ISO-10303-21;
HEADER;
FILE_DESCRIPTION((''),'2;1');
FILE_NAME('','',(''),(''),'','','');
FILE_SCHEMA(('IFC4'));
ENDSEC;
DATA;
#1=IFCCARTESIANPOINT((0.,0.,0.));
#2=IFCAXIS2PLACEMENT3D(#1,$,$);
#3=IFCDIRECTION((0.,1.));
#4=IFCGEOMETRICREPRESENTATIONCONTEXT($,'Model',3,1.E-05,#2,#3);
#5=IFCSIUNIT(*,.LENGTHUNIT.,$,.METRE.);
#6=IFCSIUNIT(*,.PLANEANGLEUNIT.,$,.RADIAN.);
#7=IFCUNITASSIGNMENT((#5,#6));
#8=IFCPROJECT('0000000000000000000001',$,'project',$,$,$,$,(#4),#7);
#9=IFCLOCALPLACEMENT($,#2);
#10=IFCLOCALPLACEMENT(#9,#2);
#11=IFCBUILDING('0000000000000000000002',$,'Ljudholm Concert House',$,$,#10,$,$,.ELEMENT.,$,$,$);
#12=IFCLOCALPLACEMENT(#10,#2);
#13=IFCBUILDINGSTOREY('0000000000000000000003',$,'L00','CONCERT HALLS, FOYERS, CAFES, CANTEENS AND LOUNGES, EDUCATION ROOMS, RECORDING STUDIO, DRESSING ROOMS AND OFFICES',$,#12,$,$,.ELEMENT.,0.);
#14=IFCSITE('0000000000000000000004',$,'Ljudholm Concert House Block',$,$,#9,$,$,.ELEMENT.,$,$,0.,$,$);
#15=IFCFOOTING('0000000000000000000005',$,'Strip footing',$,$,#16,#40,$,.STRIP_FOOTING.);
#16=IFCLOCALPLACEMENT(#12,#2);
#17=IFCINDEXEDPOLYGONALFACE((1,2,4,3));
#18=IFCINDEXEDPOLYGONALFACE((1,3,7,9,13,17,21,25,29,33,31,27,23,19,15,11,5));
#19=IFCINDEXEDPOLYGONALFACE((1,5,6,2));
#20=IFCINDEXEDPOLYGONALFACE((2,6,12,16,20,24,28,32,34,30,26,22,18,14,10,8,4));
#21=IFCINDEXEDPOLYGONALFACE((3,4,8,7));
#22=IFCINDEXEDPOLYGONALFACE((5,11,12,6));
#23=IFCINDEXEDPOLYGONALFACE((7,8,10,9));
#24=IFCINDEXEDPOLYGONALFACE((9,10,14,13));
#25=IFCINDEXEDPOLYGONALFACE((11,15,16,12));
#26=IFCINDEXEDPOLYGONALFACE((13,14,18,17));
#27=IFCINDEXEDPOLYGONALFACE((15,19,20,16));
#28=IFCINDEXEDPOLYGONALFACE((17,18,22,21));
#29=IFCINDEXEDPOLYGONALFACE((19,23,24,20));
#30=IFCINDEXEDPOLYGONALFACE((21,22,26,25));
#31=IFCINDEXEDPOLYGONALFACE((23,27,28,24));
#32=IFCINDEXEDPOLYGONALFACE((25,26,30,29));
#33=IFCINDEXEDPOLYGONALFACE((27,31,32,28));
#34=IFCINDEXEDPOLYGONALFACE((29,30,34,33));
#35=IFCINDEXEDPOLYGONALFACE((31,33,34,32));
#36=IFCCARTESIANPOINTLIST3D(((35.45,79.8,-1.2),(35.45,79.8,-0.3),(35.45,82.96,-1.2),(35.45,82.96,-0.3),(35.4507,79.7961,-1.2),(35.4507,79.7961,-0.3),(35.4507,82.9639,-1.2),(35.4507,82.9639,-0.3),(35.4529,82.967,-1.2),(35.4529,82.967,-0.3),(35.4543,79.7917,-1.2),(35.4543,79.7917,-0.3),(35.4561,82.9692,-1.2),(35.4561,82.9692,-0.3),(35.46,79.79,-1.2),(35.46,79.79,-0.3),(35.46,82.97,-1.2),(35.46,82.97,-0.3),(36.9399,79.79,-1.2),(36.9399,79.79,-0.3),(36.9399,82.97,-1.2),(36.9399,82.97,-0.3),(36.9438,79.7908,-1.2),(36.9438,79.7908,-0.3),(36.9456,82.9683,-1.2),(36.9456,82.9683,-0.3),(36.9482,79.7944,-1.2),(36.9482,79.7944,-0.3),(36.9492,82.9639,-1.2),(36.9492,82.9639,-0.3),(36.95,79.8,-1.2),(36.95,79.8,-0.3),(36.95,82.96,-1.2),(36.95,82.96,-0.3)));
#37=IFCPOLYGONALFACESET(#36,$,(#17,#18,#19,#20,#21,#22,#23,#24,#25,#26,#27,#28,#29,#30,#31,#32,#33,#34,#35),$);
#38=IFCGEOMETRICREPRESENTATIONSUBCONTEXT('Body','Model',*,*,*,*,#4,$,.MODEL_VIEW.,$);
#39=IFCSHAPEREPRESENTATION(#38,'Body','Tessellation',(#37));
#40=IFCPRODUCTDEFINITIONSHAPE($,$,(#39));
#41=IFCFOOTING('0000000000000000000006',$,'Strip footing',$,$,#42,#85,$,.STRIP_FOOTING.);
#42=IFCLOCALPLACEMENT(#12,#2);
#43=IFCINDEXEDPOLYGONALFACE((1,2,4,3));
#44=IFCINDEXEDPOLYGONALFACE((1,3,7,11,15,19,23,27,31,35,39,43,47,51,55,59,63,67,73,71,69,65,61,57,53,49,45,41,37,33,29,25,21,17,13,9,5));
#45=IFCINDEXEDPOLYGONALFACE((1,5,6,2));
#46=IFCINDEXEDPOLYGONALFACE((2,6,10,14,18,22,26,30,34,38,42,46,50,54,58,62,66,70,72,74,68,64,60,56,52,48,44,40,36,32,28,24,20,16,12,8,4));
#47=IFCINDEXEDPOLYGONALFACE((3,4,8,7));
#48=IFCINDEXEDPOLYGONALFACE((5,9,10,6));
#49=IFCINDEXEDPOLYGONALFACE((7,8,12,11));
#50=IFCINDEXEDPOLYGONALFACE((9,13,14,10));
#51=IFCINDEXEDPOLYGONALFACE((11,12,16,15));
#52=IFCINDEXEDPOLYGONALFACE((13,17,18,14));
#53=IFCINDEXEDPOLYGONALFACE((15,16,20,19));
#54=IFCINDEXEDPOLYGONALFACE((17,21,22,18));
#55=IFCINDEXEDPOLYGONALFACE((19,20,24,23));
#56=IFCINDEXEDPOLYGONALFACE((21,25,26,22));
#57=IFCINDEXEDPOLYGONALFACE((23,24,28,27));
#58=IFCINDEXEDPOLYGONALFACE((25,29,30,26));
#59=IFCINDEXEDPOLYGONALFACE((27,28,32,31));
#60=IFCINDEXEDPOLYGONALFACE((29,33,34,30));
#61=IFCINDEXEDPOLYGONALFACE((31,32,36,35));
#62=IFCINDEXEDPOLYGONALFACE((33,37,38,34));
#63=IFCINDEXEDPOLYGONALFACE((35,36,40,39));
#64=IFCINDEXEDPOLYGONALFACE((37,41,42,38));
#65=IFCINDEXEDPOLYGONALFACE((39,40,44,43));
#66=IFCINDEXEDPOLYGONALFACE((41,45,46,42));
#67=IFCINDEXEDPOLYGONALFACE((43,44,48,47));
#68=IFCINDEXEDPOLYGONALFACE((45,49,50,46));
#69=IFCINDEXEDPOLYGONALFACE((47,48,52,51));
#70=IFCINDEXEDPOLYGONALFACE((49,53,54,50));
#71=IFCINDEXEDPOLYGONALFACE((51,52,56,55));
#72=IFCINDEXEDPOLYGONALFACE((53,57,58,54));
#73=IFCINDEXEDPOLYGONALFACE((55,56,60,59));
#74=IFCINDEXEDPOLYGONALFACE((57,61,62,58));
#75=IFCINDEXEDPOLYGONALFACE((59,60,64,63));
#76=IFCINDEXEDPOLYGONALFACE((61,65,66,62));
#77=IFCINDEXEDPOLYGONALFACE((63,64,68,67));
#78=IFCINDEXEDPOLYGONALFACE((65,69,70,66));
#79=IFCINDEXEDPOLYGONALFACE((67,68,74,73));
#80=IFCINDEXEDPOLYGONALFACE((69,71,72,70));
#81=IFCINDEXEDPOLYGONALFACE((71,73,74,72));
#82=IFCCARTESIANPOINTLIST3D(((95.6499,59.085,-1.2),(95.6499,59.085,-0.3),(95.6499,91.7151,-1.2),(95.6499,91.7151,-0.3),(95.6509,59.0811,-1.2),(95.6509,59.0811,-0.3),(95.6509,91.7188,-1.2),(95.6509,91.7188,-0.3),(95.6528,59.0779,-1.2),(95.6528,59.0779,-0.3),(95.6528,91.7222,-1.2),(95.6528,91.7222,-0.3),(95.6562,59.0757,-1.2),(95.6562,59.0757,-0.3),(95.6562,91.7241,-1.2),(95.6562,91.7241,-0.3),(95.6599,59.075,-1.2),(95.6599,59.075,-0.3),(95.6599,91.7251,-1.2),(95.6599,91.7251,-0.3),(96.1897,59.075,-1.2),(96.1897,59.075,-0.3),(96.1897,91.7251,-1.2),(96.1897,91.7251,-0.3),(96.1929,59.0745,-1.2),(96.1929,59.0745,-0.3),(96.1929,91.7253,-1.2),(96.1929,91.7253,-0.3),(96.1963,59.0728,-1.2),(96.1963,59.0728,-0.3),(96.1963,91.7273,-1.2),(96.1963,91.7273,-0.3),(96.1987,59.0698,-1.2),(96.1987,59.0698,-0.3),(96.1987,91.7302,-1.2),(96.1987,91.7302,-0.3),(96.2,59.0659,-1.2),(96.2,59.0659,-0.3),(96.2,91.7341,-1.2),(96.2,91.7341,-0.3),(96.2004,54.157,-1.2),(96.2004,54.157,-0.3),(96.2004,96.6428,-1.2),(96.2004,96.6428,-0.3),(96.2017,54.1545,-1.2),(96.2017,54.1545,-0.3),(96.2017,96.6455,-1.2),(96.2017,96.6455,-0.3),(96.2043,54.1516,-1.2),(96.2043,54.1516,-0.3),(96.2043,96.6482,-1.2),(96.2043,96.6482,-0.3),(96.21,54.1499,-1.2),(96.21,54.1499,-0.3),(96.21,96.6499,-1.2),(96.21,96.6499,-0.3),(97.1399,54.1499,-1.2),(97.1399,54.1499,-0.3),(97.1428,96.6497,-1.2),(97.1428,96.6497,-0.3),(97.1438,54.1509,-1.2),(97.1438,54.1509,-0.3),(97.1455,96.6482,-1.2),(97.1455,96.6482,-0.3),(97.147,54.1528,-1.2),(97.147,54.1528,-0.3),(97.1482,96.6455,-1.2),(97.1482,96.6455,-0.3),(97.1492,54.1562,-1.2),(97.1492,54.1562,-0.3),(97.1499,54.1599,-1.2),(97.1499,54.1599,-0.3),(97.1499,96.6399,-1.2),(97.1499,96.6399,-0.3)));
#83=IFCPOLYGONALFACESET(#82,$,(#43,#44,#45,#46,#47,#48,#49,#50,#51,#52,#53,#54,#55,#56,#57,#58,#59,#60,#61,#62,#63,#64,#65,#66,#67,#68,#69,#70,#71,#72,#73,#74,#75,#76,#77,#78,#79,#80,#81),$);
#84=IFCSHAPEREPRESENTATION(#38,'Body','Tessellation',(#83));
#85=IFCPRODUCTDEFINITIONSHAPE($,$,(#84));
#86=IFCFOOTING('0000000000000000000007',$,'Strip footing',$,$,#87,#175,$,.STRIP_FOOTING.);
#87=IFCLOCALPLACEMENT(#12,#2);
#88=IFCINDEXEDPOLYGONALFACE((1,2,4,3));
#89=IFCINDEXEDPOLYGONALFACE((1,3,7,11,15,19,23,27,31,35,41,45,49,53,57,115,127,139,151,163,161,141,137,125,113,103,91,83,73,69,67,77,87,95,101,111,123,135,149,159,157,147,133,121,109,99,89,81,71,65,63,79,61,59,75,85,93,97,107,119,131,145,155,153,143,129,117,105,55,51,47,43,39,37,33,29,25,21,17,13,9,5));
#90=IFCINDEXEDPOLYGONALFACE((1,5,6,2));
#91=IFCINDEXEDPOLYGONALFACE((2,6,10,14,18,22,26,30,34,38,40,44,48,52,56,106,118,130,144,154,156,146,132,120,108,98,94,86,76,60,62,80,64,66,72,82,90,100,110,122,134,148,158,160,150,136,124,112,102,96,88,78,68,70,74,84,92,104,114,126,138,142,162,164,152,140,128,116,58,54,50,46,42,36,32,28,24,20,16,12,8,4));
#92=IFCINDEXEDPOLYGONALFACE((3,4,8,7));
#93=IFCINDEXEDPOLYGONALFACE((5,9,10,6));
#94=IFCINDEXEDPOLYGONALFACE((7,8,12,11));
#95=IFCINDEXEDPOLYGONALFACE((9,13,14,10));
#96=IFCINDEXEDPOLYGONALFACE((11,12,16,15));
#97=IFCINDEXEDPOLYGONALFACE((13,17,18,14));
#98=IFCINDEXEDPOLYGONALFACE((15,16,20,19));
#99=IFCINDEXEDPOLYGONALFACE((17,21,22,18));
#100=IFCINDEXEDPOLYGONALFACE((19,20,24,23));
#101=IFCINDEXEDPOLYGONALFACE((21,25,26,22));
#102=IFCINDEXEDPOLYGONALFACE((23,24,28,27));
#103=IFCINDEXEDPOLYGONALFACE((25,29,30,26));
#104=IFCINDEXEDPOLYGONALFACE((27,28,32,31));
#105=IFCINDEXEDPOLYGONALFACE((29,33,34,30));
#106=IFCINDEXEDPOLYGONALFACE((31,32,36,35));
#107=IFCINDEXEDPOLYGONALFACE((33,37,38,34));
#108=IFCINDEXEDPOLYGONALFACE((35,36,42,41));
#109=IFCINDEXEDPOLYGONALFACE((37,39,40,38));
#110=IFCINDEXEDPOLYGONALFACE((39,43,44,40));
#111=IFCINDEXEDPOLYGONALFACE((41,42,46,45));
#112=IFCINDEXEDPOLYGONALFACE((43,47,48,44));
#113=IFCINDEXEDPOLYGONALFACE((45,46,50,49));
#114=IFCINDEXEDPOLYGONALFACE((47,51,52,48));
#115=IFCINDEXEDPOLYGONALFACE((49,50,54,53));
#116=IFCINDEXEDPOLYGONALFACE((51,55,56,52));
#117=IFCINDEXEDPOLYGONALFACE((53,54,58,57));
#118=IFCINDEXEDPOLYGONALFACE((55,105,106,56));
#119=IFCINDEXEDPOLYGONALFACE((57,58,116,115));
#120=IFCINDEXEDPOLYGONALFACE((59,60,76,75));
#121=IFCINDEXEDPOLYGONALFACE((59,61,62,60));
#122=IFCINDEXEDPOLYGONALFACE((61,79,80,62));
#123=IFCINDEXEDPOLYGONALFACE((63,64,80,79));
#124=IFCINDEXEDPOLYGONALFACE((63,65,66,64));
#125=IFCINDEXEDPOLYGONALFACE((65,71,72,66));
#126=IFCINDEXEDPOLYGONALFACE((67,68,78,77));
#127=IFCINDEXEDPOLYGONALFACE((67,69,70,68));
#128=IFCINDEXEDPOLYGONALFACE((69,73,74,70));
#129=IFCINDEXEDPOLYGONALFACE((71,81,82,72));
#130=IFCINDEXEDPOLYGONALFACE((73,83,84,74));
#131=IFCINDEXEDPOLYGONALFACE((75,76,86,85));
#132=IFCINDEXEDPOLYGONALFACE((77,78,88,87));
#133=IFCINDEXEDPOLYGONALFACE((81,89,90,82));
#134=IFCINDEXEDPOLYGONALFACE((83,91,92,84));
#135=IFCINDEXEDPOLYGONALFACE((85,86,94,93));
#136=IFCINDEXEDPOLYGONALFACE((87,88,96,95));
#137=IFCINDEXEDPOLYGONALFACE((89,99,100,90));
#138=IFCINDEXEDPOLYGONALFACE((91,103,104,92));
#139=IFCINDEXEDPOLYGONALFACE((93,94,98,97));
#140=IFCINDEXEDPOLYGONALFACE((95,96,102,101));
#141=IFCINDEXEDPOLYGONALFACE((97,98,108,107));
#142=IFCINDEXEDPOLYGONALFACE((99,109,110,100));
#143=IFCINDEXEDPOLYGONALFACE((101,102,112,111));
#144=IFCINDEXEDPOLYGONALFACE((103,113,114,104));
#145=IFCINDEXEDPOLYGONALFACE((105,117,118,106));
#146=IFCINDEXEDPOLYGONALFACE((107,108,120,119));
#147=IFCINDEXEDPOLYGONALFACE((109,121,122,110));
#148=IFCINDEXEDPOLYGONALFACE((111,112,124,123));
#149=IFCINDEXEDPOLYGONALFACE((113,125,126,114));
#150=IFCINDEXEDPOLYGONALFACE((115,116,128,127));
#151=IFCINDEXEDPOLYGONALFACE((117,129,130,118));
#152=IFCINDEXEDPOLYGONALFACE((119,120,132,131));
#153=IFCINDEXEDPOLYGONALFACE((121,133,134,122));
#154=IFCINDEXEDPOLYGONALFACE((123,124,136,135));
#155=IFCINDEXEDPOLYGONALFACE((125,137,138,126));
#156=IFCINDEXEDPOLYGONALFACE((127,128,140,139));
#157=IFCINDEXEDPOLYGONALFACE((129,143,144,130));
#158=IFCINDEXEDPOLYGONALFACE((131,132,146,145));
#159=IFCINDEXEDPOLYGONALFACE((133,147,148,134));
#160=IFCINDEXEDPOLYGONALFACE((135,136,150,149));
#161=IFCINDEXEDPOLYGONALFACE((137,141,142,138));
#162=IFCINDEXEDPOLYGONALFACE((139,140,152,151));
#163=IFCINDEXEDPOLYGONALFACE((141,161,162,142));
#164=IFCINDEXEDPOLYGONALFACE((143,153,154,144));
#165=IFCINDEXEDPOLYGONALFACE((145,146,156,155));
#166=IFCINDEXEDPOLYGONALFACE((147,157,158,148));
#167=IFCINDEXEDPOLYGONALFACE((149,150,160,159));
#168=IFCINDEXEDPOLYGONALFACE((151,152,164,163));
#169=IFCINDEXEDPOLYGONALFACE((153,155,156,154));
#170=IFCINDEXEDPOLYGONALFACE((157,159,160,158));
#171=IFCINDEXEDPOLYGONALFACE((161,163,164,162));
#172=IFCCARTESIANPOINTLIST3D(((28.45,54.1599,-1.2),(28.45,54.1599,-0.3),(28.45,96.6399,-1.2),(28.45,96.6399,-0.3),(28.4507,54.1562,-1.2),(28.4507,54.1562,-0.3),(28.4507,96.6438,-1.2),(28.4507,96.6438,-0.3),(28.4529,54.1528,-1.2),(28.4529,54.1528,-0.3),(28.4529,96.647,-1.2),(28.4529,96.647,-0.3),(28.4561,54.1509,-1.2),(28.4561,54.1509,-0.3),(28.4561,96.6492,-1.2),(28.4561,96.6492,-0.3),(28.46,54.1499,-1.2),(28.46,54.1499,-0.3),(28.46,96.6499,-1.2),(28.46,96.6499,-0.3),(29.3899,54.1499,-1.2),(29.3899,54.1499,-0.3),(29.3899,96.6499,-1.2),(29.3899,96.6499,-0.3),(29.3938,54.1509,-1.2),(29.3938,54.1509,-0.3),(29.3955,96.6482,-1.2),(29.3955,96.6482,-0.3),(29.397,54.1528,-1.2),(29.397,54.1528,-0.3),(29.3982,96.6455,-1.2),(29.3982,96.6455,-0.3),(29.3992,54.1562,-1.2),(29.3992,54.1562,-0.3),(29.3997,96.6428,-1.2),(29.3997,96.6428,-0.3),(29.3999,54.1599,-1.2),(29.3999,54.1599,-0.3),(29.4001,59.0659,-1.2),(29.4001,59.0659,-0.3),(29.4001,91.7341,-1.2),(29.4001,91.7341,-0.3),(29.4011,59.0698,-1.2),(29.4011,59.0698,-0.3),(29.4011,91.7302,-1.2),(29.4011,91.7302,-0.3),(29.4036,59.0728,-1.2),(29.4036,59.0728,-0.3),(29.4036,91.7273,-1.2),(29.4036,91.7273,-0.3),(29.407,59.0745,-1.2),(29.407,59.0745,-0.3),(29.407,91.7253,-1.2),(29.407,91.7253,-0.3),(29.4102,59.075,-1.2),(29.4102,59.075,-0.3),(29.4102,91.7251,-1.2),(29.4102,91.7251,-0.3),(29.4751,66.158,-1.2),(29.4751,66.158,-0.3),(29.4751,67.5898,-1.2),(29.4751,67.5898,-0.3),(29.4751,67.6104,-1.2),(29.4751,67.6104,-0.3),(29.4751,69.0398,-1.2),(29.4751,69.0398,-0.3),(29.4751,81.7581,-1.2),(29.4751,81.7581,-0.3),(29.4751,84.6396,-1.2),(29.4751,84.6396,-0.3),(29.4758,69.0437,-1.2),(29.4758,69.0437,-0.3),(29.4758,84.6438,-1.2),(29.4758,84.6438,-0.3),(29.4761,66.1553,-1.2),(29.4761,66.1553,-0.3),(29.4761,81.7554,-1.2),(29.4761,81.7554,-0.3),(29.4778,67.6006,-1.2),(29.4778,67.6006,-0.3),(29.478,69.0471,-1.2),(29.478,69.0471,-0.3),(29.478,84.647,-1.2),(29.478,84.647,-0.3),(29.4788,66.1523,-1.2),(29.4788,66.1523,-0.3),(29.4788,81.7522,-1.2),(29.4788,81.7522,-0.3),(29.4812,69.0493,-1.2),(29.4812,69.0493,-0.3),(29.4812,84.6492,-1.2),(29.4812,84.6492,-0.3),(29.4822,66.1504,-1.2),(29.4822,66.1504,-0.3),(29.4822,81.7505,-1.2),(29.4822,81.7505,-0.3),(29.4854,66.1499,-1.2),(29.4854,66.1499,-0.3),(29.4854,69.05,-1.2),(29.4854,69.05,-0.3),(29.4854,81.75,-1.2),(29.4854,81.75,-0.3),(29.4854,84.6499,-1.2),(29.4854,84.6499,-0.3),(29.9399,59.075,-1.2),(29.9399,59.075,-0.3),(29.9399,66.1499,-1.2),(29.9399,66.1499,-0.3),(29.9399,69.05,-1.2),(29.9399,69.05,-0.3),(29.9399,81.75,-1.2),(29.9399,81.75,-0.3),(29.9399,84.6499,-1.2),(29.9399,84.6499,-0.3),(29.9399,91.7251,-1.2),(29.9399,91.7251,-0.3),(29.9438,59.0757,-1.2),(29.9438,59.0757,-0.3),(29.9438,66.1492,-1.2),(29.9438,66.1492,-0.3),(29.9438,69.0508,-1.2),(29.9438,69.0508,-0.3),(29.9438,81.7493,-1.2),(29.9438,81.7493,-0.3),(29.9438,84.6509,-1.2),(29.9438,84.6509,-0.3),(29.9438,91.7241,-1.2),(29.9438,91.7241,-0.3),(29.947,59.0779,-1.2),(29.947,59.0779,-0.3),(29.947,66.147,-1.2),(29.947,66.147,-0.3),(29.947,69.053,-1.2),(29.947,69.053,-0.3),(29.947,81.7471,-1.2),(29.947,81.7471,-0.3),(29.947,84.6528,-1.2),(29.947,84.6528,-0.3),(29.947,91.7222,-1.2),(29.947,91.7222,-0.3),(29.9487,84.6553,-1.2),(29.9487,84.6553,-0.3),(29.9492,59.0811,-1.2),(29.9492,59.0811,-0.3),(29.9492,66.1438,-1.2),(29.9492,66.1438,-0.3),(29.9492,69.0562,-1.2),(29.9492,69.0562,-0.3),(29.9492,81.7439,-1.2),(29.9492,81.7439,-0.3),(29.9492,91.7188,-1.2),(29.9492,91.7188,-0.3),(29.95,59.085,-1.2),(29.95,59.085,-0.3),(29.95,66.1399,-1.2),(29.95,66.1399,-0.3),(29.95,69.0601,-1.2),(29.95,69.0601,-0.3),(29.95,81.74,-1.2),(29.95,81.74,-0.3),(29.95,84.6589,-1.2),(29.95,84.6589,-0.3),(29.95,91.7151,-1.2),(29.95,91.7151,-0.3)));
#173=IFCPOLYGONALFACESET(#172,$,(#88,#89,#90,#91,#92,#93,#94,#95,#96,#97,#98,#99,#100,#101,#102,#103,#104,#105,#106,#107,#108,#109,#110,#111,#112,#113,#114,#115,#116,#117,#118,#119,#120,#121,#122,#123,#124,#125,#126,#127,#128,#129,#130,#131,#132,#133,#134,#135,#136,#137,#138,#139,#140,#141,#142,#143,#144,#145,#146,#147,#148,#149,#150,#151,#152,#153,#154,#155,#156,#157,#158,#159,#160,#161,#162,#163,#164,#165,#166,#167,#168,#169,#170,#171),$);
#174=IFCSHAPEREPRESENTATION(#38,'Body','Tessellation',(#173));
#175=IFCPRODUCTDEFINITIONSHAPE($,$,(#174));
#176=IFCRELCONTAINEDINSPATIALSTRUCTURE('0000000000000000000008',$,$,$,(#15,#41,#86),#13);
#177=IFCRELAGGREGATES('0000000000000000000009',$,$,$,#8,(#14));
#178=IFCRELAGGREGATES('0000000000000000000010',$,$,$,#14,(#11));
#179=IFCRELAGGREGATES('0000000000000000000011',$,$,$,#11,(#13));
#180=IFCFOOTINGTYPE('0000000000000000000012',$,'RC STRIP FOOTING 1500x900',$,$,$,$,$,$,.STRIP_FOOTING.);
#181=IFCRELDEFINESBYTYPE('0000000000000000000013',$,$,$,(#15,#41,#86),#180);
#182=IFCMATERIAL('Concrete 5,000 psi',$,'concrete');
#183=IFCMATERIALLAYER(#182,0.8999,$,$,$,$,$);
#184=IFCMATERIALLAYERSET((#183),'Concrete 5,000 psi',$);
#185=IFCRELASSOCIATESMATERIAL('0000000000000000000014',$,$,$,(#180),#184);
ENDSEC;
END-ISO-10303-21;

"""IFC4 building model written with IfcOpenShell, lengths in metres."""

from ifc_helpers import new_model, si_unit, direction, frame, origin, place, context, subcontext, project, spatial, polyline, outline, extrude, material, layer, layer_set, type_object, element, save


model = new_model("IFC4")

# Units and contexts
model_context = context("Model", 3, precision=1e-05, world=origin(), true_north=direction((0.0, 1.0)))
body_context = subcontext(model_context, "Body", "Model", "MODEL_VIEW")
ifc_project = project(units=[si_unit("LENGTHUNIT", "METRE"), si_unit("PLANEANGLEUNIT", "RADIAN")], contexts=[model_context])

# Site, building, storey
site_placement = place(None, origin())
site = spatial("IfcSite", under=ifc_project, at=site_placement, Name="Ljudholm Concert House Block", CompositionType="ELEMENT", RefElevation=0.0)
building_placement = place(site_placement, origin())
building = spatial("IfcBuilding", under=site, at=building_placement, Name="Ljudholm Concert House", CompositionType="ELEMENT")
storey_placement = place(building_placement, origin())
storey = spatial("IfcBuildingStorey", under=building, at=storey_placement, Name="L00", Description="CONCERT HALLS, FOYERS, CAFES, CANTEENS AND LOUNGES, EDUCATION ROOMS, RECORDING STUDIO, DRESSING ROOMS AND OFFICES", CompositionType="ELEMENT", Elevation=0.0)

# Footings
ifc_material = material(Name="Concrete 5,000 psi", Category="concrete")
ifc_layer = layer(ifc_material, 0.8999)
ifc_layer_set = layer_set([ifc_layer], Name="Concrete 5,000 psi")
footing_type = type_object("IfcFootingType", Name="RC STRIP FOOTING 1500x900", PredefinedType="STRIP_FOOTING", material=ifc_layer_set)
footing_1_placement = place(storey_placement, frame((0.0, 0.0, -1.2)))
element("IfcFooting", 1, at=footing_1_placement, inside=storey, type_object=footing_type, Name="Strip footing", PredefinedType="STRIP_FOOTING", context=body_context, shape_type="SweptSolid", body=[
    extrude(outline(polyline([(35.45, 82.96), (35.45, 79.8), (35.4507, 79.7961), (35.4543, 79.7917), (35.46, 79.79), (36.9399, 79.79), (36.9438, 79.7908), (36.9482, 79.7944), (36.95, 79.8), (36.95, 82.96), (36.9492, 82.9639), (36.9456, 82.9683), (36.9399, 82.97), (35.46, 82.97), (35.4561, 82.9692), (35.4529, 82.967), (35.4507, 82.9639), (35.45, 82.96)])), origin(), (0.0, 0.0, 1.0), 0.8999),
])
footing_2_placement = place(storey_placement, frame((0.0, 0.0, -1.2)))
element("IfcFooting", 2, at=footing_2_placement, inside=storey, type_object=footing_type, Name="Strip footing", PredefinedType="STRIP_FOOTING", context=body_context, shape_type="SweptSolid", body=[
    extrude(outline(polyline([(95.6499, 91.7151), (95.6499, 59.085), (95.6509, 59.0811), (95.6528, 59.0779), (95.6562, 59.0757), (95.6599, 59.075), (96.1897, 59.075), (96.1929, 59.0745), (96.1963, 59.0728), (96.1987, 59.0698), (96.2, 59.0659), (96.2004, 54.157), (96.2017, 54.1545), (96.2043, 54.1516), (96.21, 54.1499), (97.1399, 54.1499), (97.1438, 54.1509), (97.147, 54.1528), (97.1492, 54.1562), (97.1499, 54.1599), (97.1499, 96.6399), (97.1482, 96.6455), (97.1455, 96.6482), (97.1428, 96.6497), (96.21, 96.6499), (96.2043, 96.6482), (96.2017, 96.6455), (96.2004, 96.6428), (96.2, 91.7341), (96.1987, 91.7302), (96.1963, 91.7273), (96.1929, 91.7253), (96.1897, 91.7251), (95.6599, 91.7251), (95.6562, 91.7241), (95.6528, 91.7222), (95.6509, 91.7188), (95.6499, 91.7151)])), origin(), (0.0, 0.0, 1.0), 0.8999),
])
footing_3_placement = place(storey_placement, frame((0.0, 0.0, -1.2)))
element("IfcFooting", 3, at=footing_3_placement, inside=storey, type_object=footing_type, Name="Strip footing", PredefinedType="STRIP_FOOTING", context=body_context, shape_type="SweptSolid", body=[
    extrude(outline(polyline([(28.45, 96.6399), (28.45, 54.1599), (28.4507, 54.1562), (28.4529, 54.1528), (28.4561, 54.1509), (28.46, 54.1499), (29.3899, 54.1499), (29.3938, 54.1509), (29.397, 54.1528), (29.3992, 54.1562), (29.3999, 54.1599), (29.4001, 59.0659), (29.4011, 59.0698), (29.4036, 59.0728), (29.407, 59.0745), (29.4102, 59.075), (29.9399, 59.075), (29.9438, 59.0757), (29.947, 59.0779), (29.9492, 59.0811), (29.95, 59.085), (29.95, 66.1399), (29.9492, 66.1438), (29.947, 66.147), (29.9438, 66.1492), (29.9399, 66.1499), (29.4854, 66.1499), (29.4822, 66.1504), (29.4788, 66.1523), (29.4761, 66.1553), (29.4751, 66.158), (29.4751, 67.5898), (29.4778, 67.6006), (29.4751, 67.6104), (29.4751, 69.0398), (29.4758, 69.0437), (29.478, 69.0471), (29.4812, 69.0493), (29.4854, 69.05), (29.9399, 69.05), (29.9438, 69.0508), (29.947, 69.053), (29.9492, 69.0562), (29.95, 69.0601), (29.95, 81.74), (29.9492, 81.7439), (29.947, 81.7471), (29.9438, 81.7493), (29.9399, 81.75), (29.4854, 81.75), (29.4822, 81.7505), (29.4788, 81.7522), (29.4761, 81.7554), (29.4751, 81.7581), (29.4751, 84.6396), (29.4758, 84.6438), (29.478, 84.647), (29.4812, 84.6492), (29.4854, 84.6499), (29.9399, 84.6499), (29.9438, 84.6509), (29.947, 84.6528), (29.9487, 84.6553), (29.95, 84.6589), (29.95, 91.7151), (29.9492, 91.7188), (29.947, 91.7222), (29.9438, 91.7241), (29.9399, 91.7251), (29.4102, 91.7251), (29.407, 91.7253), (29.4036, 91.7273), (29.4011, 91.7302), (29.4001, 91.7341), (29.3997, 96.6428), (29.3982, 96.6455), (29.3955, 96.6482), (29.3899, 96.6499), (28.46, 96.6499), (28.4561, 96.6492), (28.4529, 96.647), (28.4507, 96.6438), (28.45, 96.6399)])), origin(), (0.0, 0.0, 1.0), 0.8999),
])

save(model, "model.ifc")
